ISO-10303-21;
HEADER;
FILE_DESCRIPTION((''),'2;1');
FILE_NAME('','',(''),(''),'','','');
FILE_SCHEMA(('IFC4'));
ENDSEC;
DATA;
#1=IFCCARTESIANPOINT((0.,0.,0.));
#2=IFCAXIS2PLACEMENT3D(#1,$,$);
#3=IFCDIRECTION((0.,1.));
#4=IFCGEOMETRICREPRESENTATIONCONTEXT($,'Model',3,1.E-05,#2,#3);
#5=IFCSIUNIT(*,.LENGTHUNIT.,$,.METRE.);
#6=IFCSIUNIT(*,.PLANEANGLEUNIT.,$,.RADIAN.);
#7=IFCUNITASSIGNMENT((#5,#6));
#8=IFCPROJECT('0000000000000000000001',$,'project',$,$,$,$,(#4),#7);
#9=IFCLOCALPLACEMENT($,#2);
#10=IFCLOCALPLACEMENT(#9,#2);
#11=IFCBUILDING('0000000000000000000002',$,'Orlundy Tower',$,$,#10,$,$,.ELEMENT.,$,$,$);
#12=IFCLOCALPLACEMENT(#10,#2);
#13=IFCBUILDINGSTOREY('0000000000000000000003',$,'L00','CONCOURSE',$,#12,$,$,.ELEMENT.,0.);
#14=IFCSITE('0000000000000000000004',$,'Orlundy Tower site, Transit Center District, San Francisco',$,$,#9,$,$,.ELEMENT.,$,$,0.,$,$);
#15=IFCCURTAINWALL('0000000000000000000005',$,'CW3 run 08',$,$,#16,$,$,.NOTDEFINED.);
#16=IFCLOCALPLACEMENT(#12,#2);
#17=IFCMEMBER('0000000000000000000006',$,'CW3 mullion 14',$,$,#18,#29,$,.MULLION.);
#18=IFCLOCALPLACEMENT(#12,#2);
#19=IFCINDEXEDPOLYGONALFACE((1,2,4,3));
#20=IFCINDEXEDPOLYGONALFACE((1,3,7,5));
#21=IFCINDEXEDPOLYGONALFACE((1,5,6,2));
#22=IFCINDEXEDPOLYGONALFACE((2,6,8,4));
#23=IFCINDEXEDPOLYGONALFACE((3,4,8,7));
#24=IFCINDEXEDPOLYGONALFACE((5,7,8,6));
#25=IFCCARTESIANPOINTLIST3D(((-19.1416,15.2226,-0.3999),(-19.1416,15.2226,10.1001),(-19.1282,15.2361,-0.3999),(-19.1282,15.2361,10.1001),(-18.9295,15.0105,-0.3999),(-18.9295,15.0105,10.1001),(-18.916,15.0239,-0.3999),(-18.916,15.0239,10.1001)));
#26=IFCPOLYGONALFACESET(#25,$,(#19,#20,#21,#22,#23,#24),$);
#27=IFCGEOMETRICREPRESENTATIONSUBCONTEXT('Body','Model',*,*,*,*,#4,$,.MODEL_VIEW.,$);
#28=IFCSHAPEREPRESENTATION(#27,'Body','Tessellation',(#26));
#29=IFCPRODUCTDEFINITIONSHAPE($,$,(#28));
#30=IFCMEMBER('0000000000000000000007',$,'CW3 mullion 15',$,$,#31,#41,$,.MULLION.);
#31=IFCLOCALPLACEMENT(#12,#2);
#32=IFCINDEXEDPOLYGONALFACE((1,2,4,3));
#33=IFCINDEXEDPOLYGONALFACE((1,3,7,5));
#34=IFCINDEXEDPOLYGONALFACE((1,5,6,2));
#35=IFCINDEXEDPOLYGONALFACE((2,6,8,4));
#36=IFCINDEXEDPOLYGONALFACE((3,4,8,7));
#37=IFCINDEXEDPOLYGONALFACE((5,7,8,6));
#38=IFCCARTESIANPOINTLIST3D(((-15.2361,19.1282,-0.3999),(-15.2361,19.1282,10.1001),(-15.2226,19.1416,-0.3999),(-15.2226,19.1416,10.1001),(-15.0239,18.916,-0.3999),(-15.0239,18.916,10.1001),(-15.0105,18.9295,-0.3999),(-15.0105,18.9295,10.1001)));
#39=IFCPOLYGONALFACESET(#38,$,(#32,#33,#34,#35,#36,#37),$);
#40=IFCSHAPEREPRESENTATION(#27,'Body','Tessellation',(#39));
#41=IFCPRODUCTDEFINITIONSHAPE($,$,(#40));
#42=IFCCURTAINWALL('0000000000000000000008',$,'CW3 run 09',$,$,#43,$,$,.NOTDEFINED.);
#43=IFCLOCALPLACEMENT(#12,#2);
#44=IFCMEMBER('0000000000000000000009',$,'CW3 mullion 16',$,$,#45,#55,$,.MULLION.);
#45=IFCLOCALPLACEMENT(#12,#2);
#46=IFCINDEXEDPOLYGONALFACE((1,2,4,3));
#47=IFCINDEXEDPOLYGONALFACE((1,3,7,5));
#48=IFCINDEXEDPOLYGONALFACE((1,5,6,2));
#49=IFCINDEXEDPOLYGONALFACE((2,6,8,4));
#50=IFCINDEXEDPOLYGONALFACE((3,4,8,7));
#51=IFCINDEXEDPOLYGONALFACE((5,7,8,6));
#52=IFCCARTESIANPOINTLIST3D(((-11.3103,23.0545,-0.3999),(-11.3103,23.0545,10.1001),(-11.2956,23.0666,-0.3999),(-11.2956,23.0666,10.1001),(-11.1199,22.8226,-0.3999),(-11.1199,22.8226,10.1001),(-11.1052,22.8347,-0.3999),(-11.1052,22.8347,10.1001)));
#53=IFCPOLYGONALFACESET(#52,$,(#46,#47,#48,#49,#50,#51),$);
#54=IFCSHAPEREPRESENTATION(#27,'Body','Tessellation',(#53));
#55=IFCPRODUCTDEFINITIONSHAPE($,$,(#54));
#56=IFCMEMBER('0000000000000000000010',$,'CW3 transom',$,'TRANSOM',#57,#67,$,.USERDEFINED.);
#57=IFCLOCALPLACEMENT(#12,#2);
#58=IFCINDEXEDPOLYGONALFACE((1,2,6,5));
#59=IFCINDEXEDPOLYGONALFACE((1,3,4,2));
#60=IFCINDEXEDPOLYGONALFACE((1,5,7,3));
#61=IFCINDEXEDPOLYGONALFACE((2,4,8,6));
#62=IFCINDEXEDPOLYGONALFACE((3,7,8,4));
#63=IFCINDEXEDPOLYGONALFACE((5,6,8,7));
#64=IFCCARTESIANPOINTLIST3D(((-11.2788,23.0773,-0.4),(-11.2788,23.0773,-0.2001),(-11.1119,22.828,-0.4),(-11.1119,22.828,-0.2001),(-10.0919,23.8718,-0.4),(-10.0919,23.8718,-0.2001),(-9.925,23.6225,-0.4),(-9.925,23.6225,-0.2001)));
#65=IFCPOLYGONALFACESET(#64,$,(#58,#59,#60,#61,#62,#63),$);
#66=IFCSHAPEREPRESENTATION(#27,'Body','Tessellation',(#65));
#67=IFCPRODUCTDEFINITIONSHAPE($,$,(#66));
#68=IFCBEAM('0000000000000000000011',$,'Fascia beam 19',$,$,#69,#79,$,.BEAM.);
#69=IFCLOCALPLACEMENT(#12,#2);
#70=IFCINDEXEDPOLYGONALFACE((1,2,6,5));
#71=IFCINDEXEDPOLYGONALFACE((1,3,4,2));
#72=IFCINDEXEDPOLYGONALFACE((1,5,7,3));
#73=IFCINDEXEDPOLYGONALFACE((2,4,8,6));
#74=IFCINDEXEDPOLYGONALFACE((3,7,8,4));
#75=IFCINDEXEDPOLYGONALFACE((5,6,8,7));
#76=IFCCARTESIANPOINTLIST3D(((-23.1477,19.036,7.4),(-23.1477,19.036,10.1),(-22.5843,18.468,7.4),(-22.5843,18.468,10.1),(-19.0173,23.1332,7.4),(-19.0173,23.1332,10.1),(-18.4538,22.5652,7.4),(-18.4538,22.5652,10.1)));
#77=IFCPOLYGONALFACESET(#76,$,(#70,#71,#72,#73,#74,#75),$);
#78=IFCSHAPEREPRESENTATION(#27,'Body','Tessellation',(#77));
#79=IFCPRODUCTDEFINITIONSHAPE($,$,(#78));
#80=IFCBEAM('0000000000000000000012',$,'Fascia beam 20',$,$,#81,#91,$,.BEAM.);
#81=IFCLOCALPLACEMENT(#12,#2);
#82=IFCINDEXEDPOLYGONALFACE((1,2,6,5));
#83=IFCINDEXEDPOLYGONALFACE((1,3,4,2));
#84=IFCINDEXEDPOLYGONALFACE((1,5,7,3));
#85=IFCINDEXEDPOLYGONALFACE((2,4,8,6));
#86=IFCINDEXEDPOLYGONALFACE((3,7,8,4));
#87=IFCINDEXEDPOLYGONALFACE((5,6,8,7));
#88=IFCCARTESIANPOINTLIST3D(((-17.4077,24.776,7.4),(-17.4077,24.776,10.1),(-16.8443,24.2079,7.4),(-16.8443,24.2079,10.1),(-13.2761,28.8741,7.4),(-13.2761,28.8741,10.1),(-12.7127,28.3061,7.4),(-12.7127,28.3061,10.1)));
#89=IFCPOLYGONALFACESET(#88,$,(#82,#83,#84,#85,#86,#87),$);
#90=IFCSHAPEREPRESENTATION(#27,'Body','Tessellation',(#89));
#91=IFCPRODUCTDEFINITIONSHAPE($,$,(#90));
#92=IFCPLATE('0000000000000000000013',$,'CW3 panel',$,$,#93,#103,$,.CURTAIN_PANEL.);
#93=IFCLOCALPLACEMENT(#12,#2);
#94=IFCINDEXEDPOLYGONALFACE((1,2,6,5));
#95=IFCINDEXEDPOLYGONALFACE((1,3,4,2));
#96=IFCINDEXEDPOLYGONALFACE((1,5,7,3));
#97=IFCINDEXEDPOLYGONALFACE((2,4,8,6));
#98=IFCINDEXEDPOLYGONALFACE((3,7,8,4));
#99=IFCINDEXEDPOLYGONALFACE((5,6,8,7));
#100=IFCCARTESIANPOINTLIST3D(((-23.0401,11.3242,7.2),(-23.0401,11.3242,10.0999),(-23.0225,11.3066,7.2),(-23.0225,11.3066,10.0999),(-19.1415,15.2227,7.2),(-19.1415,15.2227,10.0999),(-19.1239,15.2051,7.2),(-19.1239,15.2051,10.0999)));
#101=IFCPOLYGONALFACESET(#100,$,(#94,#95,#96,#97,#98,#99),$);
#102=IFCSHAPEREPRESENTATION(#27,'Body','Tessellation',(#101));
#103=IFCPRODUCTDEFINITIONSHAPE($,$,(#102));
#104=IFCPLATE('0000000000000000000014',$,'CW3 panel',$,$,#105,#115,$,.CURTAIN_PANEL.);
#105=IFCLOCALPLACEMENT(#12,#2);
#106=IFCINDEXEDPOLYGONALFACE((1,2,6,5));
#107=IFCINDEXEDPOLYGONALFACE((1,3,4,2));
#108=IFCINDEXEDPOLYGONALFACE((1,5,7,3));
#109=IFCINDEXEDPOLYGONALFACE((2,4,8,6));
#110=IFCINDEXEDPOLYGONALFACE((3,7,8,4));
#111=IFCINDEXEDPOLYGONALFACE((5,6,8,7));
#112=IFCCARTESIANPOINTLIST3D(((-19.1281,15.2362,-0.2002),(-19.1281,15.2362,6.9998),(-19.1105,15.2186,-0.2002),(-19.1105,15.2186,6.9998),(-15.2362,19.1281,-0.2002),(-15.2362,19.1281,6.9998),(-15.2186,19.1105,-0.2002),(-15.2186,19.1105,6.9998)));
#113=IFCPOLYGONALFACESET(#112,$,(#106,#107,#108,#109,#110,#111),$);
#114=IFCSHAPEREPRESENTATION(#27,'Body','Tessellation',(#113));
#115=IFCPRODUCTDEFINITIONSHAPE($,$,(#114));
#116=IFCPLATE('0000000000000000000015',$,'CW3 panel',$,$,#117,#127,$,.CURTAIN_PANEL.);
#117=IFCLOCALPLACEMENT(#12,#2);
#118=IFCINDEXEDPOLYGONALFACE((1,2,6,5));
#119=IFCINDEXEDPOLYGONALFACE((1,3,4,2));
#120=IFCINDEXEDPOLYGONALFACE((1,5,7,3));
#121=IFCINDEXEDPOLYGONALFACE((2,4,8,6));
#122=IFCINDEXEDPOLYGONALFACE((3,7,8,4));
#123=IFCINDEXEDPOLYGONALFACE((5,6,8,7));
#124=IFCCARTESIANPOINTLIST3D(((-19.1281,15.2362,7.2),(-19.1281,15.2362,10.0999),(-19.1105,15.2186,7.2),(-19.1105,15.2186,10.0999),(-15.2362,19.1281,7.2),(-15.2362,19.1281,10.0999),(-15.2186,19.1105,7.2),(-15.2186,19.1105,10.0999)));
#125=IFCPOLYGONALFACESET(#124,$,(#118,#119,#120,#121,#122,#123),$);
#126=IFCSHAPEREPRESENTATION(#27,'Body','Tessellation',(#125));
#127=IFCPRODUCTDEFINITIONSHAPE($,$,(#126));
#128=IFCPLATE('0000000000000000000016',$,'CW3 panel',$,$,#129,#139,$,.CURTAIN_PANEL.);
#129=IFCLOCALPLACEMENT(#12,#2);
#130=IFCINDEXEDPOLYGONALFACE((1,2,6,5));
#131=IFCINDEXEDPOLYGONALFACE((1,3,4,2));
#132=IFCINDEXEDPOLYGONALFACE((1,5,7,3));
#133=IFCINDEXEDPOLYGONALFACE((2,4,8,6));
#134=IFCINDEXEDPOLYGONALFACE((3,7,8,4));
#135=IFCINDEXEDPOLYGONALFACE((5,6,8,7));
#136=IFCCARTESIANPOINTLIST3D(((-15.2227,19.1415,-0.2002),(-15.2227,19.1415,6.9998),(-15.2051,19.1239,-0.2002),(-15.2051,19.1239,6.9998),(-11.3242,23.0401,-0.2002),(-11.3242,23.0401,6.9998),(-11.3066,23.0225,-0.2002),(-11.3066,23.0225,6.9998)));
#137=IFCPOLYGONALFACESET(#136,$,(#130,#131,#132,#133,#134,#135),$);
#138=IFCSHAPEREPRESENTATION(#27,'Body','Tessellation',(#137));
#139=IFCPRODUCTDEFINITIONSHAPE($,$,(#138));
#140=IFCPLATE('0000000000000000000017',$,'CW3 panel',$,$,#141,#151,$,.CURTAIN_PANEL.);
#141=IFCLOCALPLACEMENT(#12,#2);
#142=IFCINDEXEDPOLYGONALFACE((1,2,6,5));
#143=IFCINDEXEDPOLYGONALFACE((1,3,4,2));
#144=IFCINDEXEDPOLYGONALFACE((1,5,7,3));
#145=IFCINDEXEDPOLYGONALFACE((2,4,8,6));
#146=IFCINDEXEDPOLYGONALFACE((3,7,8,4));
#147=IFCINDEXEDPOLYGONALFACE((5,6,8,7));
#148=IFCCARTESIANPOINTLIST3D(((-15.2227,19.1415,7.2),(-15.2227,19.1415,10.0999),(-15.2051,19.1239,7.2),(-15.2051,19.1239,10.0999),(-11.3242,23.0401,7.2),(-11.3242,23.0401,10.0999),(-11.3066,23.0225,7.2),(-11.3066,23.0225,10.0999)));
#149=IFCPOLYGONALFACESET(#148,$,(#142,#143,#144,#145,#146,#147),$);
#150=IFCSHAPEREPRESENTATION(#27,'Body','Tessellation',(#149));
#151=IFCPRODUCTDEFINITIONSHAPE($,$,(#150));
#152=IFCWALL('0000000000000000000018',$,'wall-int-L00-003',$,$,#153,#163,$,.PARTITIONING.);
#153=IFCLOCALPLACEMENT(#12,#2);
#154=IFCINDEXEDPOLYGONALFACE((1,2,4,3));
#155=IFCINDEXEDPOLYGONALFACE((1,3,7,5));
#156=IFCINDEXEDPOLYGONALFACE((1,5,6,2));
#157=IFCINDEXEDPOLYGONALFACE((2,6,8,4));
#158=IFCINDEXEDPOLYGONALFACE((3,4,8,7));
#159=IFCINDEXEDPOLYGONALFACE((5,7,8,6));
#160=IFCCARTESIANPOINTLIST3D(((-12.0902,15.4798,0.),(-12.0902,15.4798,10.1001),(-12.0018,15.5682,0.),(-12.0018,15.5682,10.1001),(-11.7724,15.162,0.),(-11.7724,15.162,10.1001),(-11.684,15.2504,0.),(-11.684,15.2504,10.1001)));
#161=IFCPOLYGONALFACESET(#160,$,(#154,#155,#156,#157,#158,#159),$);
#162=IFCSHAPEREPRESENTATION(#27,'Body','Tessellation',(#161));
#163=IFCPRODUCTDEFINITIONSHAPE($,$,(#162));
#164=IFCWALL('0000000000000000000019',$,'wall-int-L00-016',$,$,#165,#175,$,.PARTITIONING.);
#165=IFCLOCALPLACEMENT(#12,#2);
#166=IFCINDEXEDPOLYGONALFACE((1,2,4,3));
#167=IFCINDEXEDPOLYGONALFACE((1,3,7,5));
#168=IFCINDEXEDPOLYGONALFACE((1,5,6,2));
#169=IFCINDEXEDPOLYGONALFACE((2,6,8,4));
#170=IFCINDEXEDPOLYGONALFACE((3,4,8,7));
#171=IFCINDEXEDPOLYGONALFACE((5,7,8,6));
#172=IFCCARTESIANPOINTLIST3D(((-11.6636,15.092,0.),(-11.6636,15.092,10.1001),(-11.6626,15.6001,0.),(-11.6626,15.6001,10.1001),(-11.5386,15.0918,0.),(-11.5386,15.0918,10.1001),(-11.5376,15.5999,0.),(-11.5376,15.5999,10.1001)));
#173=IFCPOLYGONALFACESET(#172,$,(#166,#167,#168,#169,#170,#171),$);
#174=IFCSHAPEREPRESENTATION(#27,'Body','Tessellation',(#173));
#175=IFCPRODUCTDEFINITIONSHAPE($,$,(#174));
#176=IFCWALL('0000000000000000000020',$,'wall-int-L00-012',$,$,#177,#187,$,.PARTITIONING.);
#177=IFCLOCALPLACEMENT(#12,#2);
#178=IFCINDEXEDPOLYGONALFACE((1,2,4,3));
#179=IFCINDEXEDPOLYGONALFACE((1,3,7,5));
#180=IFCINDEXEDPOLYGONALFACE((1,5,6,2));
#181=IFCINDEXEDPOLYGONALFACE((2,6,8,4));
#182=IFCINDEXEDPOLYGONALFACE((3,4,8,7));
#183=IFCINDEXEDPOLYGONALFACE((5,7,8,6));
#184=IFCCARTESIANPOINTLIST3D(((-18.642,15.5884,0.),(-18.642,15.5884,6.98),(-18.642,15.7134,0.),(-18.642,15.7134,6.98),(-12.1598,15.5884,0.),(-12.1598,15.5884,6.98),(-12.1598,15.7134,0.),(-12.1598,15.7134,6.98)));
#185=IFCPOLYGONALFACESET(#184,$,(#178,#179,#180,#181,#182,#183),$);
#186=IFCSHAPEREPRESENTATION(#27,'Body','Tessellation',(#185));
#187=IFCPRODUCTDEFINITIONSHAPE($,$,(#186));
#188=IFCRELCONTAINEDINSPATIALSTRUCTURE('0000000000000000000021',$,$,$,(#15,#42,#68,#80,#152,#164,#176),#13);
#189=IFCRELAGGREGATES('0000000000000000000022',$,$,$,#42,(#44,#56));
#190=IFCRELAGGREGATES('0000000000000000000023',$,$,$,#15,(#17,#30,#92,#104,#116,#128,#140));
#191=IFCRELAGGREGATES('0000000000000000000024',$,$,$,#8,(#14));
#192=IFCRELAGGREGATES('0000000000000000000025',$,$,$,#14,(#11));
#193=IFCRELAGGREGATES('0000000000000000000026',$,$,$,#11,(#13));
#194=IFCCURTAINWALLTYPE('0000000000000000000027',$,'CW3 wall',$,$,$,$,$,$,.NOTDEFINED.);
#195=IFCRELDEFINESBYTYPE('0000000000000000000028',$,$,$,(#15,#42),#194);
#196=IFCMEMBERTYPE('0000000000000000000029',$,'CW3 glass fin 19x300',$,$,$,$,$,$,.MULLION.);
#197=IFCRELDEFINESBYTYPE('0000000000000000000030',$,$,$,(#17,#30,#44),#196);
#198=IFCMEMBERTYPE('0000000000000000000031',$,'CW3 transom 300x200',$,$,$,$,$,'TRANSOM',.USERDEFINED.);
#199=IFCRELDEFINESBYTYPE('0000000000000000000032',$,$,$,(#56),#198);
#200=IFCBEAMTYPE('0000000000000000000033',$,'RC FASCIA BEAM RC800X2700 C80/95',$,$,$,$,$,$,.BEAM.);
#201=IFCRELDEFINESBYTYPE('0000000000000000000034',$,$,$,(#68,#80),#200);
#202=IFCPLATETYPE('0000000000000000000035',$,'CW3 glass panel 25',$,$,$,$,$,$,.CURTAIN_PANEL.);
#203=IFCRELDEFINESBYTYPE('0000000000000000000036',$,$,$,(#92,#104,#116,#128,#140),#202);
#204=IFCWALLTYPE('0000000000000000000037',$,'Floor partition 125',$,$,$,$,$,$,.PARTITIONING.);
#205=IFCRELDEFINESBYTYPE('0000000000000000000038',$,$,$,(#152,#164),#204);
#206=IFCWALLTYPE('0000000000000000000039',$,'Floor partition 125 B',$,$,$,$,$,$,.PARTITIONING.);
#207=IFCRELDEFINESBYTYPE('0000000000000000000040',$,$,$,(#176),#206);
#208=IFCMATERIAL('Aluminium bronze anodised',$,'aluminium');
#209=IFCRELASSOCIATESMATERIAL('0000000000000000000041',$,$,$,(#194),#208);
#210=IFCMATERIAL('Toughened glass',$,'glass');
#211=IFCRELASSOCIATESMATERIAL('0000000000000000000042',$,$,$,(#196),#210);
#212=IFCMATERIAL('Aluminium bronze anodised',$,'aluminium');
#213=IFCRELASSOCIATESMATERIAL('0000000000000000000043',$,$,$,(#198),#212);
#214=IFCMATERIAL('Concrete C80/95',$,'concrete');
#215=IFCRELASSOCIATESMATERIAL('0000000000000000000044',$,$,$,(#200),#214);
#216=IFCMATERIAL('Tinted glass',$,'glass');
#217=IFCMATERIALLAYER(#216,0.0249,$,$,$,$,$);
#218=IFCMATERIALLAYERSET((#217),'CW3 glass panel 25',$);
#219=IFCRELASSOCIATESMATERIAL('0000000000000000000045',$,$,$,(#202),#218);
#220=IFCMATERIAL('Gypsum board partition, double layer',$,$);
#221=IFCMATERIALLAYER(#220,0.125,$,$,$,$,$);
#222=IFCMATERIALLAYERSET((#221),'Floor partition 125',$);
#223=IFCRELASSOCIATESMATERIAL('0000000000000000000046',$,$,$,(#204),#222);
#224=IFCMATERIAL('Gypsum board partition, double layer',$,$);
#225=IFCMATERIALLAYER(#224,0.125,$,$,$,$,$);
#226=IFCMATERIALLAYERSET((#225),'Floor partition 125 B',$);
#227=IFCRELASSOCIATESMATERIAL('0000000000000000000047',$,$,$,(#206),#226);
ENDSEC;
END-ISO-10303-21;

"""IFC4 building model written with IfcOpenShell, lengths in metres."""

from ifc_helpers import new_model, si_unit, direction, frame, frame_2d, origin, origin_2d, place, context, subcontext, project, spatial, rectangle, extrude, material, layer, layer_set, material_profile, profile_set, type_object, element, aggregate, save


model = new_model("IFC4")

# Units and contexts
model_context = context("Model", 3, precision=1e-05, world=origin(), true_north=direction((0.0, 1.0)))
body_context = subcontext(model_context, "Body", "Model", "MODEL_VIEW")
ifc_project = project(units=[si_unit("LENGTHUNIT", "METRE"), si_unit("PLANEANGLEUNIT", "RADIAN")], contexts=[model_context])

# Site, building, storey
site_placement = place(None, origin())
site = spatial("IfcSite", under=ifc_project, at=site_placement, Name="Orlundy Tower site, Transit Center District, San Francisco", CompositionType="ELEMENT", RefElevation=0.0)
building_placement = place(site_placement, origin())
building = spatial("IfcBuilding", under=site, at=building_placement, Name="Orlundy Tower", CompositionType="ELEMENT")
storey_placement = place(building_placement, origin())
storey = spatial("IfcBuildingStorey", under=building, at=storey_placement, Name="L00", Description="CONCOURSE", CompositionType="ELEMENT", Elevation=0.0)

# Curtain walls, members
ifc_material_1 = material(Name="Aluminium bronze anodised", Category="aluminium")
curtain_wall_type = type_object("IfcCurtainWallType", Name="CW3 wall", PredefinedType="NOTDEFINED", material=ifc_material_1)
curtain_wall_1_placement = place(storey_placement, origin())
curtain_wall_1 = element("IfcCurtainWall", 1, at=curtain_wall_1_placement, inside=storey, type_object=curtain_wall_type, Name="CW3 run 08", PredefinedType="NOTDEFINED")
ifc_material_2 = material(Name="Toughened glass", Category="glass")
ifc_material_profile_1 = material_profile(ifc_material_2, rectangle(XDim=0.3, YDim=0.019, at=origin_2d()), Name="CW3 glass fin 19x300")
ifc_profile_set_1 = profile_set([ifc_material_profile_1], Name="Toughened glass")
member_type_1 = type_object("IfcMemberType", Name="CW3 glass fin 19x300", PredefinedType="MULLION", material=ifc_profile_set_1)
member_1_placement = place(storey_placement, frame((-19.0288, 15.1233, -0.3999), z_axis=(0.0, 0.0, 1.0), x_axis=(-0.707107, 0.707107, 0.0)))
member_1 = element("IfcMember", 2, at=member_1_placement, type_object=member_type_1, Name="CW3 mullion 14", PredefinedType="MULLION", context=body_context, shape_type="SweptSolid", body=[
    extrude(rectangle(XDim=0.3, YDim=0.019, at=origin_2d()), origin(), (0.0, 0.0, 1.0), 10.5),
])
member_2_placement = place(storey_placement, frame((-15.1233, 19.0288, -0.3999), z_axis=(0.0, 0.0, 1.0), x_axis=(-0.707107, 0.707107, 0.0)))
member_2 = element("IfcMember", 3, at=member_2_placement, type_object=member_type_1, Name="CW3 mullion 15", PredefinedType="MULLION", context=body_context, shape_type="SweptSolid", body=[
    extrude(rectangle(XDim=0.3, YDim=0.019, at=origin_2d()), origin(), (0.0, 0.0, 1.0), 10.5),
])
curtain_wall_2_placement = place(storey_placement, origin())
curtain_wall_2 = element("IfcCurtainWall", 4, at=curtain_wall_2_placement, inside=storey, type_object=curtain_wall_type, Name="CW3 run 09", PredefinedType="NOTDEFINED")
member_3_placement = place(storey_placement, frame((-11.2078, 22.9446, -0.3999), z_axis=(0.0, 0.0, 1.0), x_axis=(-0.634676, 0.772778, 0.0)))
member_3 = element("IfcMember", 5, at=member_3_placement, type_object=member_type_1, Name="CW3 mullion 16", PredefinedType="MULLION", context=body_context, shape_type="SweptSolid", body=[
    extrude(rectangle(XDim=0.3, YDim=0.019, at=origin_2d()), origin(), (0.0, 0.0, 1.0), 10.5),
])
ifc_material_3 = material(Name="Aluminium bronze anodised", Category="aluminium")
ifc_material_profile_2 = material_profile(ifc_material_3, rectangle(XDim=0.3, YDim=0.2, at=origin_2d()), Name="CW3 transom 300x200")
ifc_profile_set_2 = profile_set([ifc_material_profile_2], Name="Aluminium bronze anodised")
member_type_2 = type_object("IfcMemberType", Name="CW3 transom 300x200", ElementType="TRANSOM", PredefinedType="USERDEFINED", material=ifc_profile_set_2)
member_4_placement = place(storey_placement, frame((-11.1953, 22.9526, -0.3), z_axis=(0.830997, 0.556277, 0.0), x_axis=(-0.556277, 0.830997, 0.0)))
member_4 = element("IfcMember", 6, at=member_4_placement, type_object=member_type_2, Name="CW3 transom", ObjectType="TRANSOM", PredefinedType="USERDEFINED", context=body_context, shape_type="SweptSolid", body=[
    extrude(rectangle(XDim=0.3, YDim=0.2, at=origin_2d()), origin(), (0.0, 0.0, 1.0), 1.4282),
])
aggregate(curtain_wall_2, [member_3, member_4])

# Beams
ifc_material_4 = material(Name="Concrete C80/95", Category="concrete")
ifc_material_profile_3 = material_profile(ifc_material_4, rectangle(XDim=0.8, YDim=2.7, at=origin_2d()), Name="RC800X2700")
ifc_profile_set_3 = profile_set([ifc_material_profile_3], Name="Concrete C80/95")
beam_type = type_object("IfcBeamType", Name="RC FASCIA BEAM RC800X2700 C80/95", PredefinedType="BEAM", material=ifc_profile_set_3)
beam_1_placement = place(storey_placement, frame((-22.866, 18.752, 8.75), z_axis=(0.709955, 0.704247, 0.0), x_axis=(-0.704247, 0.709955, 0.0)))
element("IfcBeam", 7, at=beam_1_placement, inside=storey, type_object=beam_type, Name="Fascia beam 19", PredefinedType="BEAM", context=body_context, shape_type="SweptSolid", body=[
    extrude(rectangle(XDim=0.8, YDim=2.7, at=origin_2d()), origin(), (0.0, 0.0, 1.0), 5.8179),
])
beam_2_placement = place(storey_placement, frame((-17.126, 24.4919, 8.75), z_axis=(0.709975, 0.704227, 0.0), x_axis=(-0.704227, 0.709975, 0.0)))
element("IfcBeam", 8, at=beam_2_placement, inside=storey, type_object=beam_type, Name="Fascia beam 20", PredefinedType="BEAM", context=body_context, shape_type="SweptSolid", body=[
    extrude(rectangle(XDim=0.8, YDim=2.7, at=origin_2d()), origin(), (0.0, 0.0, 1.0), 5.8193),
])

# Plates
ifc_material_5 = material(Name="Tinted glass", Category="glass")
ifc_layer_1 = layer(ifc_material_5, 0.0249)
ifc_layer_set_1 = layer_set([ifc_layer_1], Name="CW3 glass panel 25")
plate_type = type_object("IfcPlateType", Name="CW3 glass panel 25", PredefinedType="CURTAIN_PANEL", material=ifc_layer_set_1)
plate_1_placement = place(storey_placement, frame((-21.082, 13.2646, 7.2), z_axis=(0.0, 0.0, 1.0), x_axis=(0.707107, 0.707107, 0.0)))
plate_1 = element("IfcPlate", 9, at=plate_1_placement, type_object=plate_type, Name="CW3 panel", PredefinedType="CURTAIN_PANEL", context=body_context, shape_type="SweptSolid", body=[
    extrude(rectangle(XDim=5.5134, YDim=0.0249, at=origin_2d()), origin(), (0.0, 0.0, 1.0), 2.8999),
])
plate_2_placement = place(storey_placement, frame((-17.1733, 17.1733, -0.2002), z_axis=(0.0, 0.0, 1.0), x_axis=(0.707107, 0.707107, 0.0)))
plate_2 = element("IfcPlate", 10, at=plate_2_placement, type_object=plate_type, Name="CW3 panel", PredefinedType="CURTAIN_PANEL", context=body_context, shape_type="SweptSolid", body=[
    extrude(rectangle(XDim=5.5039, YDim=0.0249, at=origin_2d()), origin(), (0.0, 0.0, 1.0), 7.2),
])
plate_3_placement = place(storey_placement, frame((-17.1733, 17.1733, 7.2), z_axis=(0.0, 0.0, 1.0), x_axis=(0.707107, 0.707107, 0.0)))
plate_3 = element("IfcPlate", 11, at=plate_3_placement, type_object=plate_type, Name="CW3 panel", PredefinedType="CURTAIN_PANEL", context=body_context, shape_type="SweptSolid", body=[
    extrude(rectangle(XDim=5.5039, YDim=0.0249, at=origin_2d()), origin(), (0.0, 0.0, 1.0), 2.8999),
])
plate_4_placement = place(storey_placement, frame((-13.2646, 21.082, -0.2002), z_axis=(0.0, 0.0, 1.0), x_axis=(0.707107, 0.707107, 0.0)))
plate_4 = element("IfcPlate", 12, at=plate_4_placement, type_object=plate_type, Name="CW3 panel", PredefinedType="CURTAIN_PANEL", context=body_context, shape_type="SweptSolid", body=[
    extrude(rectangle(XDim=5.5134, YDim=0.0249, at=origin_2d()), origin(), (0.0, 0.0, 1.0), 7.2),
])
plate_5_placement = place(storey_placement, frame((-13.2646, 21.082, 7.2), z_axis=(0.0, 0.0, 1.0), x_axis=(0.707107, 0.707107, 0.0)))
plate_5 = element("IfcPlate", 13, at=plate_5_placement, type_object=plate_type, Name="CW3 panel", PredefinedType="CURTAIN_PANEL", context=body_context, shape_type="SweptSolid", body=[
    extrude(rectangle(XDim=5.5134, YDim=0.0249, at=origin_2d()), origin(), (0.0, 0.0, 1.0), 2.8999),
])
aggregate(curtain_wall_1, [member_1, member_2, plate_1, plate_2, plate_3, plate_4, plate_5])

# Walls
ifc_material_6 = material(Name="Gypsum board partition, double layer")
ifc_layer_2 = layer(ifc_material_6, 0.125)
ifc_layer_set_2 = layer_set([ifc_layer_2], Name="Floor partition 125")
wall_type_1 = type_object("IfcWallType", Name="Floor partition 125", PredefinedType="PARTITIONING", material=ifc_layer_set_2)
wall_1_placement = place(storey_placement, frame((-12.0459, 15.5239, 0.0), z_axis=(0.0, 0.0, 1.0), x_axis=(0.707107, -0.707107, 0.0)))
element("IfcWall", 14, at=wall_1_placement, inside=storey, type_object=wall_type_1, Name="wall-int-L00-003", PredefinedType="PARTITIONING", context=body_context, shape_type="SweptSolid", body=[
    extrude(rectangle(XDim=0.4495, YDim=0.125, at=frame_2d((0.2246, 0.0))), origin(), (0.0, 0.0, 1.0), 10.1001),
])
wall_2_placement = place(storey_placement, frame((-11.6011, 15.092, 0.0), z_axis=(0.0, 0.0, 1.0), x_axis=(0.001922, 0.999998, 0.0)))
element("IfcWall", 15, at=wall_2_placement, inside=storey, type_object=wall_type_1, Name="wall-int-L00-016", PredefinedType="PARTITIONING", context=body_context, shape_type="SweptSolid", body=[
    extrude(rectangle(XDim=0.5081, YDim=0.125, at=frame_2d((0.2539, 0.0))), origin(), (0.0, 0.0, 1.0), 10.1001),
])
ifc_material_7 = material(Name="Gypsum board partition, double layer")
ifc_layer_3 = layer(ifc_material_7, 0.125)
ifc_layer_set_3 = layer_set([ifc_layer_3], Name="Floor partition 125 B")
wall_type_2 = type_object("IfcWallType", Name="Floor partition 125 B", PredefinedType="PARTITIONING", material=ifc_layer_set_3)
wall_3_placement = place(storey_placement, frame((-18.6421, 15.6509, 0.0), z_axis=(0.0, 0.0, 1.0), x_axis=(1.0, 0.0, 0.0)))
element("IfcWall", 16, at=wall_3_placement, inside=storey, type_object=wall_type_2, Name="wall-int-L00-012", PredefinedType="PARTITIONING", context=body_context, shape_type="SweptSolid", body=[
    extrude(rectangle(XDim=6.4822, YDim=0.125, at=frame_2d((3.2412, 0.0))), origin(), (0.0, 0.0, 1.0), 6.98),
])

save(model, "model.ifc")
